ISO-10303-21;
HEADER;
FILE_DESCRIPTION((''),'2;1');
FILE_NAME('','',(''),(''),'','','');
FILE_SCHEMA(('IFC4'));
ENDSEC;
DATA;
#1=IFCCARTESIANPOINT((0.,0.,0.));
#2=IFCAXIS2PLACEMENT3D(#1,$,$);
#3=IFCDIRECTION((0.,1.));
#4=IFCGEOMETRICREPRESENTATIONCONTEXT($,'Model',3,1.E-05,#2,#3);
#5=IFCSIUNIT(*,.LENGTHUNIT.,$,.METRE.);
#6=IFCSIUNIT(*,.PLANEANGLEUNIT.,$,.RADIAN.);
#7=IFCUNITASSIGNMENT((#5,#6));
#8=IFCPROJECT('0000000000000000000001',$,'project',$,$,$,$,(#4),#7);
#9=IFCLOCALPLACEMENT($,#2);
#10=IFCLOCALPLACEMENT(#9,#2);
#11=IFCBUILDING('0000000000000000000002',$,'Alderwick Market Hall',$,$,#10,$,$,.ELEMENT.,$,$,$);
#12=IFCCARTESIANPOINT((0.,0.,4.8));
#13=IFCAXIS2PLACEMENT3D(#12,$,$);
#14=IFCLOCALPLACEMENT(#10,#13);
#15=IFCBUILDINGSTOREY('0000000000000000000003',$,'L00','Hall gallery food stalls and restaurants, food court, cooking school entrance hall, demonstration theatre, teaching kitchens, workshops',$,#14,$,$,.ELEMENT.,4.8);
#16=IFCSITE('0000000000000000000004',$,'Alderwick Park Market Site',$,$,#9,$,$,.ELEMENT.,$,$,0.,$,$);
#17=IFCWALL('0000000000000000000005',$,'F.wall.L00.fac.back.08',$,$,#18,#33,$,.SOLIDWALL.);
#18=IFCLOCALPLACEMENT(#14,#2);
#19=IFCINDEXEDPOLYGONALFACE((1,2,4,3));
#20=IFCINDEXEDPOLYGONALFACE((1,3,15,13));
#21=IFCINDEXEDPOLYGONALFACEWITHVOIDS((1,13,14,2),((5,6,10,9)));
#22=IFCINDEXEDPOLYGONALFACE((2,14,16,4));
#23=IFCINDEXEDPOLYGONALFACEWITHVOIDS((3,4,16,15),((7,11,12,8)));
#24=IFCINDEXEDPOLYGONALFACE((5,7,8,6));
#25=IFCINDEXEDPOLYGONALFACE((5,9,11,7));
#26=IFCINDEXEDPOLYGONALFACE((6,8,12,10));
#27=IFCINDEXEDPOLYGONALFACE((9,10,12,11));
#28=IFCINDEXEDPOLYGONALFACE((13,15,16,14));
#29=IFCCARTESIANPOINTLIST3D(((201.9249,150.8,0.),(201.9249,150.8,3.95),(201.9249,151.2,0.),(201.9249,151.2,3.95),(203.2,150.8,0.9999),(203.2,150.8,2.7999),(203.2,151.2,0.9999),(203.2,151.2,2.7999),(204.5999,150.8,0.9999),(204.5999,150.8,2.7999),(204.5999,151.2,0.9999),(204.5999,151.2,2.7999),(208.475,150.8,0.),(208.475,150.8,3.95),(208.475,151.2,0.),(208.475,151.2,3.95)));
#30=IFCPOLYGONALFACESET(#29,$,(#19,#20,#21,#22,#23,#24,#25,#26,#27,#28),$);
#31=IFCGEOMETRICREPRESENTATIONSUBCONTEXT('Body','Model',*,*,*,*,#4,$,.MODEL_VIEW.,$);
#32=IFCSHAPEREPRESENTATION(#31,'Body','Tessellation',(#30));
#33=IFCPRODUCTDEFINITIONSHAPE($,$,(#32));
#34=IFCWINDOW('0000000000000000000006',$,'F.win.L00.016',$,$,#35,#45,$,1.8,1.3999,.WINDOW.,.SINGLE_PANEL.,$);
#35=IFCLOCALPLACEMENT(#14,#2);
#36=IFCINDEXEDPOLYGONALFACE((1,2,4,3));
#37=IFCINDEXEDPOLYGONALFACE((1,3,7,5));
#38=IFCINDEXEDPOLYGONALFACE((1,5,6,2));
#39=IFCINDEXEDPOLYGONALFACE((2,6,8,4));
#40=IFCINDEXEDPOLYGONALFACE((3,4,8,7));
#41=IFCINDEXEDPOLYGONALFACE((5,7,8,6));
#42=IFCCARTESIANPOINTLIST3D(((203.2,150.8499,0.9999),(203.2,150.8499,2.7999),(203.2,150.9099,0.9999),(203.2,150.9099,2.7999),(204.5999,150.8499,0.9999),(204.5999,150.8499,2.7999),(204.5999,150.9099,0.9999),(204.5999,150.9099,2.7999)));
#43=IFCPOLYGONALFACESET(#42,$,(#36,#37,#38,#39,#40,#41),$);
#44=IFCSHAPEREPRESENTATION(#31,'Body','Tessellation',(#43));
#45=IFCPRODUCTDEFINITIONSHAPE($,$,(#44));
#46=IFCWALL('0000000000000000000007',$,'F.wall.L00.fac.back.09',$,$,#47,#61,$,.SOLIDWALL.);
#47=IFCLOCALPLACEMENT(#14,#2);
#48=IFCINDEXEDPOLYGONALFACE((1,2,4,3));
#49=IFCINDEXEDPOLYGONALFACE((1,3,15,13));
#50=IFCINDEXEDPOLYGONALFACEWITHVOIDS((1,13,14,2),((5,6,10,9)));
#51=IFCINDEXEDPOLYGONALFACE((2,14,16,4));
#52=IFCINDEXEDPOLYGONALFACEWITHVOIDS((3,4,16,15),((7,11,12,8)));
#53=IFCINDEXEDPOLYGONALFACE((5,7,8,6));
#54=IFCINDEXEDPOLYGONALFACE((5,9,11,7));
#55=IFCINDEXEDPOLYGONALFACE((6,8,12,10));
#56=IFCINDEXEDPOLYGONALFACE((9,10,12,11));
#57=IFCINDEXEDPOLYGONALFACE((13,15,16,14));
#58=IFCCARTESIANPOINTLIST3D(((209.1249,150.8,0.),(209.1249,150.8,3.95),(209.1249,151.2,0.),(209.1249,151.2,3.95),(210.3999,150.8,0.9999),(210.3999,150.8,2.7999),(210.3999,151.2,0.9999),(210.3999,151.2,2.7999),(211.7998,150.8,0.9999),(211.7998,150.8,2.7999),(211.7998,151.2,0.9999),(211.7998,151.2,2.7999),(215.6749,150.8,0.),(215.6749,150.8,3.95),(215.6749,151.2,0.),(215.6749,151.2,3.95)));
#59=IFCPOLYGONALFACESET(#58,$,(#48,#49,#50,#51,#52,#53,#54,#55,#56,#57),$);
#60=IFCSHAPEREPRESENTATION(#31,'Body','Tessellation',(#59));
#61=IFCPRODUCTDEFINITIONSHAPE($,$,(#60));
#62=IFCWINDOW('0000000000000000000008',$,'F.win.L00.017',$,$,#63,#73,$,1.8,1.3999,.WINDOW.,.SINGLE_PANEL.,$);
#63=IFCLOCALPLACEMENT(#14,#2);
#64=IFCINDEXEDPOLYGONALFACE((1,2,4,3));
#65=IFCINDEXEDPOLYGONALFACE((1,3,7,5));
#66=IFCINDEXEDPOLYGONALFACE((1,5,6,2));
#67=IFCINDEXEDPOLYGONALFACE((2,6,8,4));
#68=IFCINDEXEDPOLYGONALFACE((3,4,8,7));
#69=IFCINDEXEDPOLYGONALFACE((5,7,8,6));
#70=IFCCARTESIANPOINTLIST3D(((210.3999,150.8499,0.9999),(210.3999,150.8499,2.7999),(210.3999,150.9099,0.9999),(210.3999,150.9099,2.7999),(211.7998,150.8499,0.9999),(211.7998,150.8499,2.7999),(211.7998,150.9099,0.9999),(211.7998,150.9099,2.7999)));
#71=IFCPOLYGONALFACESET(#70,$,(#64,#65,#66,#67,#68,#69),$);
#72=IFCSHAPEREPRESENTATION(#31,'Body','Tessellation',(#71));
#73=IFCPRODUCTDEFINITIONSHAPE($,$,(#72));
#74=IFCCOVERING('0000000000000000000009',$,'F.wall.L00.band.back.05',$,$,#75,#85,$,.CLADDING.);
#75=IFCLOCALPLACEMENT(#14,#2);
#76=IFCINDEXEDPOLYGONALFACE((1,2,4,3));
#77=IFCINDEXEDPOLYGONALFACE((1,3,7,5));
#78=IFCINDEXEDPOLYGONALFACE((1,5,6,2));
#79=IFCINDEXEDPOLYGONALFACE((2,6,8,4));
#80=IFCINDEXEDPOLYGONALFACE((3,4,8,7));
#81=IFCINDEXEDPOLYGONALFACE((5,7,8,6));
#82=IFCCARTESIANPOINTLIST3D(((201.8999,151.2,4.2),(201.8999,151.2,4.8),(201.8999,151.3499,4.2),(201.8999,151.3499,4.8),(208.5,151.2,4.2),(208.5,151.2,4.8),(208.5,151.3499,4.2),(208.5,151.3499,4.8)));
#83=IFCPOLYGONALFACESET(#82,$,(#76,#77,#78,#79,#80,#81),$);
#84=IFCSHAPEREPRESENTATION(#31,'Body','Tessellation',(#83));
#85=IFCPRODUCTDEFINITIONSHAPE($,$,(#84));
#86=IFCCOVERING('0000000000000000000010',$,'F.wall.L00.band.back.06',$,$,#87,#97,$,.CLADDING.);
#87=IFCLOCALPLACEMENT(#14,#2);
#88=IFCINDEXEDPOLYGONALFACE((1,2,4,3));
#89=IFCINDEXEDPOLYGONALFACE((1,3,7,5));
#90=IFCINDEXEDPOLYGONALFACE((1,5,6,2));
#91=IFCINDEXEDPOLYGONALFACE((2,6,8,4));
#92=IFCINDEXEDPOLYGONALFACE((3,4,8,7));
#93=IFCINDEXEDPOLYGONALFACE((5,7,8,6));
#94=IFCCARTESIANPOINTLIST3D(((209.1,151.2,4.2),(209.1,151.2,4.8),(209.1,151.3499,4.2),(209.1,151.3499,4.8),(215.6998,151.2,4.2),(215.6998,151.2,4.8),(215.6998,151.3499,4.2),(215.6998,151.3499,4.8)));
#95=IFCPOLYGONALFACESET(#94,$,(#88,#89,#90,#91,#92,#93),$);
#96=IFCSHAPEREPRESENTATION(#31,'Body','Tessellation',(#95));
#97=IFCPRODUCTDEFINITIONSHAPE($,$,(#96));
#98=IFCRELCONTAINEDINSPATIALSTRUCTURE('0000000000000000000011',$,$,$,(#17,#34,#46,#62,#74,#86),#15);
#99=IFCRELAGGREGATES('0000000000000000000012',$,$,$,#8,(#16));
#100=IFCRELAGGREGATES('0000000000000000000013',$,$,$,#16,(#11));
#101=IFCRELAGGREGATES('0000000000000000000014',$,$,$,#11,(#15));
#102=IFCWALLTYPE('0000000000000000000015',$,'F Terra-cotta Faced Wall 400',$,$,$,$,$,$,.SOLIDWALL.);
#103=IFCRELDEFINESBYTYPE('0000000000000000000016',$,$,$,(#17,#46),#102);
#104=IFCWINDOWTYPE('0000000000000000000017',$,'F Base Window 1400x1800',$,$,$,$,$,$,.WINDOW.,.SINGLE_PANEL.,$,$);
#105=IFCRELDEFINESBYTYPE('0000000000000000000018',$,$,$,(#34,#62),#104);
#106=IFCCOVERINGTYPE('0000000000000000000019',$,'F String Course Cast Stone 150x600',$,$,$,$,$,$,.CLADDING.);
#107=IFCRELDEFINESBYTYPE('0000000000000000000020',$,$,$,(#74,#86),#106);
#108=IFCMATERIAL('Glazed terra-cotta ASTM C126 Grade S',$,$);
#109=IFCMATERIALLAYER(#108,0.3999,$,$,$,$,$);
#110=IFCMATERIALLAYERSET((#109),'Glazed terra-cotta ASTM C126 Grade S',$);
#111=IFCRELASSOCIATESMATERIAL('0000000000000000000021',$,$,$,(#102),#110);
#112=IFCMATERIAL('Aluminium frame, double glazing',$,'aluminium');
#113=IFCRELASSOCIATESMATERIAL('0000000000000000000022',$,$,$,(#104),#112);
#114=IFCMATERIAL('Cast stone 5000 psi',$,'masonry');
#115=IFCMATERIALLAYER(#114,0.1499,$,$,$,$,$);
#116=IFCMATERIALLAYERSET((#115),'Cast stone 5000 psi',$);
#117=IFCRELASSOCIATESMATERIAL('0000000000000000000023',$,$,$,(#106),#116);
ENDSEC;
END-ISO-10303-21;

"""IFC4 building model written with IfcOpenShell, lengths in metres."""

from ifc_helpers import new_model, si_unit, direction, frame, frame_2d, origin, place, context, subcontext, project, spatial, rectangle, extrude, material, layer, layer_set, type_object, element, fill, save


model = new_model("IFC4")

# Units and contexts
model_context = context("Model", 3, precision=1e-05, world=origin(), true_north=direction((0.0, 1.0)))
body_context = subcontext(model_context, "Body", "Model", "MODEL_VIEW")
ifc_project = project(units=[si_unit("LENGTHUNIT", "METRE"), si_unit("PLANEANGLEUNIT", "RADIAN")], contexts=[model_context])

# Site, building, storey
site_placement = place(None, origin())
site = spatial("IfcSite", under=ifc_project, at=site_placement, Name="Alderwick Park Market Site", CompositionType="ELEMENT", RefElevation=0.0)
building_placement = place(site_placement, origin())
building = spatial("IfcBuilding", under=site, at=building_placement, Name="Alderwick Market Hall", CompositionType="ELEMENT")
storey_placement = place(building_placement, frame((0.0, 0.0, 4.8)))
storey = spatial("IfcBuildingStorey", under=building, at=storey_placement, Name="L00", Description="Hall gallery food stalls and restaurants, food court, cooking school entrance hall, demonstration theatre, teaching kitchens, workshops", CompositionType="ELEMENT", Elevation=4.8)

# Walls, openings, windows
ifc_material_1 = material(Name="Glazed terra-cotta ASTM C126 Grade S")
ifc_layer_1 = layer(ifc_material_1, 0.3999)
ifc_layer_set_1 = layer_set([ifc_layer_1], Name="Glazed terra-cotta ASTM C126 Grade S")
wall_type_1 = type_object("IfcWallType", Name="F Terra-cotta Faced Wall 400", PredefinedType="SOLIDWALL", material=ifc_layer_set_1)
wall_1_placement = place(storey_placement, frame((201.925, 151.0, 0.0), z_axis=(0.0, 0.0, 1.0), x_axis=(1.0, 0.0, 0.0)))
wall_1 = element("IfcWall", 1, at=wall_1_placement, inside=storey, type_object=wall_type_1, Name="F.wall.L00.fac.back.08", PredefinedType="SOLIDWALL", context=body_context, shape_type="SweptSolid", body=[
    extrude(rectangle(XDim=6.55, YDim=0.3999, at=frame_2d((3.2749, 0.0))), origin(), (0.0, 0.0, 1.0), 3.95),
])
opening_1_placement = place(wall_1_placement, frame((1.2749, 0.0, 1.0)))
opening_1 = element("IfcOpeningElement", 2, at=opening_1_placement, cuts=wall_1, PredefinedType="OPENING", context=body_context, shape_type="SweptSolid", body=[
    extrude(rectangle(XDim=1.3999, YDim=1.8, at=frame_2d((0.7, 0.8999))), frame((0.0, 0.21, 0.0), z_axis=(0.0, -1.0, 0.0), x_axis=(1.0, 0.0, 0.0)), (0.0, 0.0, 1.0), 0.4199),
])
ifc_material_2 = material(Name="Aluminium frame, double glazing", Category="aluminium")
window_type = type_object("IfcWindowType", Name="F Base Window 1400x1800", PartitioningType="SINGLE_PANEL", PredefinedType="WINDOW", material=ifc_material_2)
window_1_placement = place(opening_1_placement, origin())
window_1 = element("IfcWindow", 3, at=window_1_placement, inside=storey, type_object=window_type, Name="F.win.L00.016", OverallHeight=1.8, OverallWidth=1.3999, PartitioningType="SINGLE_PANEL", PredefinedType="WINDOW", context=body_context, shape_type="SweptSolid", body=[
    extrude(rectangle(XDim=1.3999, YDim=1.8, at=frame_2d((0.7, 0.8999))), frame((0.0, -0.0901, 0.0), z_axis=(0.0, -1.0, 0.0), x_axis=(1.0, 0.0, 0.0)), (0.0, 0.0, 1.0), 0.0601),
])
fill(opening_1, window_1)
wall_2_placement = place(storey_placement, frame((209.125, 151.0, 0.0), z_axis=(0.0, 0.0, 1.0), x_axis=(1.0, 0.0, 0.0)))
wall_2 = element("IfcWall", 4, at=wall_2_placement, inside=storey, type_object=wall_type_1, Name="F.wall.L00.fac.back.09", PredefinedType="SOLIDWALL", context=body_context, shape_type="SweptSolid", body=[
    extrude(rectangle(XDim=6.55, YDim=0.3999, at=frame_2d((3.2749, 0.0))), origin(), (0.0, 0.0, 1.0), 3.95),
])
opening_2_placement = place(wall_2_placement, frame((1.2749, 0.0, 1.0)))
opening_2 = element("IfcOpeningElement", 5, at=opening_2_placement, cuts=wall_2, PredefinedType="OPENING", context=body_context, shape_type="SweptSolid", body=[
    extrude(rectangle(XDim=1.3999, YDim=1.8, at=frame_2d((0.7, 0.8999))), frame((0.0, 0.21, 0.0), z_axis=(0.0, -1.0, 0.0), x_axis=(1.0, 0.0, 0.0)), (0.0, 0.0, 1.0), 0.4199),
])
window_2_placement = place(opening_2_placement, origin())
window_2 = element("IfcWindow", 6, at=window_2_placement, inside=storey, type_object=window_type, Name="F.win.L00.017", OverallHeight=1.8, OverallWidth=1.3999, PartitioningType="SINGLE_PANEL", PredefinedType="WINDOW", context=body_context, shape_type="SweptSolid", body=[
    extrude(rectangle(XDim=1.3999, YDim=1.8, at=frame_2d((0.7, 0.8999))), frame((0.0, -0.0901, 0.0), z_axis=(0.0, -1.0, 0.0), x_axis=(1.0, 0.0, 0.0)), (0.0, 0.0, 1.0), 0.0601),
])
fill(opening_2, window_2)

# Coverings
ifc_material_3 = material(Name="Cast stone 5000 psi", Category="masonry")
ifc_layer_2 = layer(ifc_material_3, 0.1499)
ifc_layer_set_2 = layer_set([ifc_layer_2], Name="Cast stone 5000 psi")
covering_type = type_object("IfcCoveringType", Name="F String Course Cast Stone 150x600", PredefinedType="CLADDING", material=ifc_layer_set_2)
covering_1_placement = place(storey_placement, frame((201.8999, 151.2749, 4.2), z_axis=(0.0, 0.0, 1.0), x_axis=(1.0, 0.0, 0.0)))
element("IfcCovering", 7, at=covering_1_placement, inside=storey, type_object=covering_type, Name="F.wall.L00.band.back.05", PredefinedType="CLADDING", context=body_context, shape_type="SweptSolid", body=[
    extrude(rectangle(XDim=6.6001, YDim=0.1499, at=frame_2d((3.3, 0.0))), origin(), (0.0, 0.0, 1.0), 0.6001),
])
covering_2_placement = place(storey_placement, frame((209.1001, 151.2749, 4.2), z_axis=(0.0, 0.0, 1.0), x_axis=(1.0, 0.0, 0.0)))
element("IfcCovering", 8, at=covering_2_placement, inside=storey, type_object=covering_type, Name="F.wall.L00.band.back.06", PredefinedType="CLADDING", context=body_context, shape_type="SweptSolid", body=[
    extrude(rectangle(XDim=6.5999, YDim=0.1499, at=frame_2d((3.2998, 0.0))), origin(), (0.0, 0.0, 1.0), 0.6001),
])

save(model, "model.ifc")
